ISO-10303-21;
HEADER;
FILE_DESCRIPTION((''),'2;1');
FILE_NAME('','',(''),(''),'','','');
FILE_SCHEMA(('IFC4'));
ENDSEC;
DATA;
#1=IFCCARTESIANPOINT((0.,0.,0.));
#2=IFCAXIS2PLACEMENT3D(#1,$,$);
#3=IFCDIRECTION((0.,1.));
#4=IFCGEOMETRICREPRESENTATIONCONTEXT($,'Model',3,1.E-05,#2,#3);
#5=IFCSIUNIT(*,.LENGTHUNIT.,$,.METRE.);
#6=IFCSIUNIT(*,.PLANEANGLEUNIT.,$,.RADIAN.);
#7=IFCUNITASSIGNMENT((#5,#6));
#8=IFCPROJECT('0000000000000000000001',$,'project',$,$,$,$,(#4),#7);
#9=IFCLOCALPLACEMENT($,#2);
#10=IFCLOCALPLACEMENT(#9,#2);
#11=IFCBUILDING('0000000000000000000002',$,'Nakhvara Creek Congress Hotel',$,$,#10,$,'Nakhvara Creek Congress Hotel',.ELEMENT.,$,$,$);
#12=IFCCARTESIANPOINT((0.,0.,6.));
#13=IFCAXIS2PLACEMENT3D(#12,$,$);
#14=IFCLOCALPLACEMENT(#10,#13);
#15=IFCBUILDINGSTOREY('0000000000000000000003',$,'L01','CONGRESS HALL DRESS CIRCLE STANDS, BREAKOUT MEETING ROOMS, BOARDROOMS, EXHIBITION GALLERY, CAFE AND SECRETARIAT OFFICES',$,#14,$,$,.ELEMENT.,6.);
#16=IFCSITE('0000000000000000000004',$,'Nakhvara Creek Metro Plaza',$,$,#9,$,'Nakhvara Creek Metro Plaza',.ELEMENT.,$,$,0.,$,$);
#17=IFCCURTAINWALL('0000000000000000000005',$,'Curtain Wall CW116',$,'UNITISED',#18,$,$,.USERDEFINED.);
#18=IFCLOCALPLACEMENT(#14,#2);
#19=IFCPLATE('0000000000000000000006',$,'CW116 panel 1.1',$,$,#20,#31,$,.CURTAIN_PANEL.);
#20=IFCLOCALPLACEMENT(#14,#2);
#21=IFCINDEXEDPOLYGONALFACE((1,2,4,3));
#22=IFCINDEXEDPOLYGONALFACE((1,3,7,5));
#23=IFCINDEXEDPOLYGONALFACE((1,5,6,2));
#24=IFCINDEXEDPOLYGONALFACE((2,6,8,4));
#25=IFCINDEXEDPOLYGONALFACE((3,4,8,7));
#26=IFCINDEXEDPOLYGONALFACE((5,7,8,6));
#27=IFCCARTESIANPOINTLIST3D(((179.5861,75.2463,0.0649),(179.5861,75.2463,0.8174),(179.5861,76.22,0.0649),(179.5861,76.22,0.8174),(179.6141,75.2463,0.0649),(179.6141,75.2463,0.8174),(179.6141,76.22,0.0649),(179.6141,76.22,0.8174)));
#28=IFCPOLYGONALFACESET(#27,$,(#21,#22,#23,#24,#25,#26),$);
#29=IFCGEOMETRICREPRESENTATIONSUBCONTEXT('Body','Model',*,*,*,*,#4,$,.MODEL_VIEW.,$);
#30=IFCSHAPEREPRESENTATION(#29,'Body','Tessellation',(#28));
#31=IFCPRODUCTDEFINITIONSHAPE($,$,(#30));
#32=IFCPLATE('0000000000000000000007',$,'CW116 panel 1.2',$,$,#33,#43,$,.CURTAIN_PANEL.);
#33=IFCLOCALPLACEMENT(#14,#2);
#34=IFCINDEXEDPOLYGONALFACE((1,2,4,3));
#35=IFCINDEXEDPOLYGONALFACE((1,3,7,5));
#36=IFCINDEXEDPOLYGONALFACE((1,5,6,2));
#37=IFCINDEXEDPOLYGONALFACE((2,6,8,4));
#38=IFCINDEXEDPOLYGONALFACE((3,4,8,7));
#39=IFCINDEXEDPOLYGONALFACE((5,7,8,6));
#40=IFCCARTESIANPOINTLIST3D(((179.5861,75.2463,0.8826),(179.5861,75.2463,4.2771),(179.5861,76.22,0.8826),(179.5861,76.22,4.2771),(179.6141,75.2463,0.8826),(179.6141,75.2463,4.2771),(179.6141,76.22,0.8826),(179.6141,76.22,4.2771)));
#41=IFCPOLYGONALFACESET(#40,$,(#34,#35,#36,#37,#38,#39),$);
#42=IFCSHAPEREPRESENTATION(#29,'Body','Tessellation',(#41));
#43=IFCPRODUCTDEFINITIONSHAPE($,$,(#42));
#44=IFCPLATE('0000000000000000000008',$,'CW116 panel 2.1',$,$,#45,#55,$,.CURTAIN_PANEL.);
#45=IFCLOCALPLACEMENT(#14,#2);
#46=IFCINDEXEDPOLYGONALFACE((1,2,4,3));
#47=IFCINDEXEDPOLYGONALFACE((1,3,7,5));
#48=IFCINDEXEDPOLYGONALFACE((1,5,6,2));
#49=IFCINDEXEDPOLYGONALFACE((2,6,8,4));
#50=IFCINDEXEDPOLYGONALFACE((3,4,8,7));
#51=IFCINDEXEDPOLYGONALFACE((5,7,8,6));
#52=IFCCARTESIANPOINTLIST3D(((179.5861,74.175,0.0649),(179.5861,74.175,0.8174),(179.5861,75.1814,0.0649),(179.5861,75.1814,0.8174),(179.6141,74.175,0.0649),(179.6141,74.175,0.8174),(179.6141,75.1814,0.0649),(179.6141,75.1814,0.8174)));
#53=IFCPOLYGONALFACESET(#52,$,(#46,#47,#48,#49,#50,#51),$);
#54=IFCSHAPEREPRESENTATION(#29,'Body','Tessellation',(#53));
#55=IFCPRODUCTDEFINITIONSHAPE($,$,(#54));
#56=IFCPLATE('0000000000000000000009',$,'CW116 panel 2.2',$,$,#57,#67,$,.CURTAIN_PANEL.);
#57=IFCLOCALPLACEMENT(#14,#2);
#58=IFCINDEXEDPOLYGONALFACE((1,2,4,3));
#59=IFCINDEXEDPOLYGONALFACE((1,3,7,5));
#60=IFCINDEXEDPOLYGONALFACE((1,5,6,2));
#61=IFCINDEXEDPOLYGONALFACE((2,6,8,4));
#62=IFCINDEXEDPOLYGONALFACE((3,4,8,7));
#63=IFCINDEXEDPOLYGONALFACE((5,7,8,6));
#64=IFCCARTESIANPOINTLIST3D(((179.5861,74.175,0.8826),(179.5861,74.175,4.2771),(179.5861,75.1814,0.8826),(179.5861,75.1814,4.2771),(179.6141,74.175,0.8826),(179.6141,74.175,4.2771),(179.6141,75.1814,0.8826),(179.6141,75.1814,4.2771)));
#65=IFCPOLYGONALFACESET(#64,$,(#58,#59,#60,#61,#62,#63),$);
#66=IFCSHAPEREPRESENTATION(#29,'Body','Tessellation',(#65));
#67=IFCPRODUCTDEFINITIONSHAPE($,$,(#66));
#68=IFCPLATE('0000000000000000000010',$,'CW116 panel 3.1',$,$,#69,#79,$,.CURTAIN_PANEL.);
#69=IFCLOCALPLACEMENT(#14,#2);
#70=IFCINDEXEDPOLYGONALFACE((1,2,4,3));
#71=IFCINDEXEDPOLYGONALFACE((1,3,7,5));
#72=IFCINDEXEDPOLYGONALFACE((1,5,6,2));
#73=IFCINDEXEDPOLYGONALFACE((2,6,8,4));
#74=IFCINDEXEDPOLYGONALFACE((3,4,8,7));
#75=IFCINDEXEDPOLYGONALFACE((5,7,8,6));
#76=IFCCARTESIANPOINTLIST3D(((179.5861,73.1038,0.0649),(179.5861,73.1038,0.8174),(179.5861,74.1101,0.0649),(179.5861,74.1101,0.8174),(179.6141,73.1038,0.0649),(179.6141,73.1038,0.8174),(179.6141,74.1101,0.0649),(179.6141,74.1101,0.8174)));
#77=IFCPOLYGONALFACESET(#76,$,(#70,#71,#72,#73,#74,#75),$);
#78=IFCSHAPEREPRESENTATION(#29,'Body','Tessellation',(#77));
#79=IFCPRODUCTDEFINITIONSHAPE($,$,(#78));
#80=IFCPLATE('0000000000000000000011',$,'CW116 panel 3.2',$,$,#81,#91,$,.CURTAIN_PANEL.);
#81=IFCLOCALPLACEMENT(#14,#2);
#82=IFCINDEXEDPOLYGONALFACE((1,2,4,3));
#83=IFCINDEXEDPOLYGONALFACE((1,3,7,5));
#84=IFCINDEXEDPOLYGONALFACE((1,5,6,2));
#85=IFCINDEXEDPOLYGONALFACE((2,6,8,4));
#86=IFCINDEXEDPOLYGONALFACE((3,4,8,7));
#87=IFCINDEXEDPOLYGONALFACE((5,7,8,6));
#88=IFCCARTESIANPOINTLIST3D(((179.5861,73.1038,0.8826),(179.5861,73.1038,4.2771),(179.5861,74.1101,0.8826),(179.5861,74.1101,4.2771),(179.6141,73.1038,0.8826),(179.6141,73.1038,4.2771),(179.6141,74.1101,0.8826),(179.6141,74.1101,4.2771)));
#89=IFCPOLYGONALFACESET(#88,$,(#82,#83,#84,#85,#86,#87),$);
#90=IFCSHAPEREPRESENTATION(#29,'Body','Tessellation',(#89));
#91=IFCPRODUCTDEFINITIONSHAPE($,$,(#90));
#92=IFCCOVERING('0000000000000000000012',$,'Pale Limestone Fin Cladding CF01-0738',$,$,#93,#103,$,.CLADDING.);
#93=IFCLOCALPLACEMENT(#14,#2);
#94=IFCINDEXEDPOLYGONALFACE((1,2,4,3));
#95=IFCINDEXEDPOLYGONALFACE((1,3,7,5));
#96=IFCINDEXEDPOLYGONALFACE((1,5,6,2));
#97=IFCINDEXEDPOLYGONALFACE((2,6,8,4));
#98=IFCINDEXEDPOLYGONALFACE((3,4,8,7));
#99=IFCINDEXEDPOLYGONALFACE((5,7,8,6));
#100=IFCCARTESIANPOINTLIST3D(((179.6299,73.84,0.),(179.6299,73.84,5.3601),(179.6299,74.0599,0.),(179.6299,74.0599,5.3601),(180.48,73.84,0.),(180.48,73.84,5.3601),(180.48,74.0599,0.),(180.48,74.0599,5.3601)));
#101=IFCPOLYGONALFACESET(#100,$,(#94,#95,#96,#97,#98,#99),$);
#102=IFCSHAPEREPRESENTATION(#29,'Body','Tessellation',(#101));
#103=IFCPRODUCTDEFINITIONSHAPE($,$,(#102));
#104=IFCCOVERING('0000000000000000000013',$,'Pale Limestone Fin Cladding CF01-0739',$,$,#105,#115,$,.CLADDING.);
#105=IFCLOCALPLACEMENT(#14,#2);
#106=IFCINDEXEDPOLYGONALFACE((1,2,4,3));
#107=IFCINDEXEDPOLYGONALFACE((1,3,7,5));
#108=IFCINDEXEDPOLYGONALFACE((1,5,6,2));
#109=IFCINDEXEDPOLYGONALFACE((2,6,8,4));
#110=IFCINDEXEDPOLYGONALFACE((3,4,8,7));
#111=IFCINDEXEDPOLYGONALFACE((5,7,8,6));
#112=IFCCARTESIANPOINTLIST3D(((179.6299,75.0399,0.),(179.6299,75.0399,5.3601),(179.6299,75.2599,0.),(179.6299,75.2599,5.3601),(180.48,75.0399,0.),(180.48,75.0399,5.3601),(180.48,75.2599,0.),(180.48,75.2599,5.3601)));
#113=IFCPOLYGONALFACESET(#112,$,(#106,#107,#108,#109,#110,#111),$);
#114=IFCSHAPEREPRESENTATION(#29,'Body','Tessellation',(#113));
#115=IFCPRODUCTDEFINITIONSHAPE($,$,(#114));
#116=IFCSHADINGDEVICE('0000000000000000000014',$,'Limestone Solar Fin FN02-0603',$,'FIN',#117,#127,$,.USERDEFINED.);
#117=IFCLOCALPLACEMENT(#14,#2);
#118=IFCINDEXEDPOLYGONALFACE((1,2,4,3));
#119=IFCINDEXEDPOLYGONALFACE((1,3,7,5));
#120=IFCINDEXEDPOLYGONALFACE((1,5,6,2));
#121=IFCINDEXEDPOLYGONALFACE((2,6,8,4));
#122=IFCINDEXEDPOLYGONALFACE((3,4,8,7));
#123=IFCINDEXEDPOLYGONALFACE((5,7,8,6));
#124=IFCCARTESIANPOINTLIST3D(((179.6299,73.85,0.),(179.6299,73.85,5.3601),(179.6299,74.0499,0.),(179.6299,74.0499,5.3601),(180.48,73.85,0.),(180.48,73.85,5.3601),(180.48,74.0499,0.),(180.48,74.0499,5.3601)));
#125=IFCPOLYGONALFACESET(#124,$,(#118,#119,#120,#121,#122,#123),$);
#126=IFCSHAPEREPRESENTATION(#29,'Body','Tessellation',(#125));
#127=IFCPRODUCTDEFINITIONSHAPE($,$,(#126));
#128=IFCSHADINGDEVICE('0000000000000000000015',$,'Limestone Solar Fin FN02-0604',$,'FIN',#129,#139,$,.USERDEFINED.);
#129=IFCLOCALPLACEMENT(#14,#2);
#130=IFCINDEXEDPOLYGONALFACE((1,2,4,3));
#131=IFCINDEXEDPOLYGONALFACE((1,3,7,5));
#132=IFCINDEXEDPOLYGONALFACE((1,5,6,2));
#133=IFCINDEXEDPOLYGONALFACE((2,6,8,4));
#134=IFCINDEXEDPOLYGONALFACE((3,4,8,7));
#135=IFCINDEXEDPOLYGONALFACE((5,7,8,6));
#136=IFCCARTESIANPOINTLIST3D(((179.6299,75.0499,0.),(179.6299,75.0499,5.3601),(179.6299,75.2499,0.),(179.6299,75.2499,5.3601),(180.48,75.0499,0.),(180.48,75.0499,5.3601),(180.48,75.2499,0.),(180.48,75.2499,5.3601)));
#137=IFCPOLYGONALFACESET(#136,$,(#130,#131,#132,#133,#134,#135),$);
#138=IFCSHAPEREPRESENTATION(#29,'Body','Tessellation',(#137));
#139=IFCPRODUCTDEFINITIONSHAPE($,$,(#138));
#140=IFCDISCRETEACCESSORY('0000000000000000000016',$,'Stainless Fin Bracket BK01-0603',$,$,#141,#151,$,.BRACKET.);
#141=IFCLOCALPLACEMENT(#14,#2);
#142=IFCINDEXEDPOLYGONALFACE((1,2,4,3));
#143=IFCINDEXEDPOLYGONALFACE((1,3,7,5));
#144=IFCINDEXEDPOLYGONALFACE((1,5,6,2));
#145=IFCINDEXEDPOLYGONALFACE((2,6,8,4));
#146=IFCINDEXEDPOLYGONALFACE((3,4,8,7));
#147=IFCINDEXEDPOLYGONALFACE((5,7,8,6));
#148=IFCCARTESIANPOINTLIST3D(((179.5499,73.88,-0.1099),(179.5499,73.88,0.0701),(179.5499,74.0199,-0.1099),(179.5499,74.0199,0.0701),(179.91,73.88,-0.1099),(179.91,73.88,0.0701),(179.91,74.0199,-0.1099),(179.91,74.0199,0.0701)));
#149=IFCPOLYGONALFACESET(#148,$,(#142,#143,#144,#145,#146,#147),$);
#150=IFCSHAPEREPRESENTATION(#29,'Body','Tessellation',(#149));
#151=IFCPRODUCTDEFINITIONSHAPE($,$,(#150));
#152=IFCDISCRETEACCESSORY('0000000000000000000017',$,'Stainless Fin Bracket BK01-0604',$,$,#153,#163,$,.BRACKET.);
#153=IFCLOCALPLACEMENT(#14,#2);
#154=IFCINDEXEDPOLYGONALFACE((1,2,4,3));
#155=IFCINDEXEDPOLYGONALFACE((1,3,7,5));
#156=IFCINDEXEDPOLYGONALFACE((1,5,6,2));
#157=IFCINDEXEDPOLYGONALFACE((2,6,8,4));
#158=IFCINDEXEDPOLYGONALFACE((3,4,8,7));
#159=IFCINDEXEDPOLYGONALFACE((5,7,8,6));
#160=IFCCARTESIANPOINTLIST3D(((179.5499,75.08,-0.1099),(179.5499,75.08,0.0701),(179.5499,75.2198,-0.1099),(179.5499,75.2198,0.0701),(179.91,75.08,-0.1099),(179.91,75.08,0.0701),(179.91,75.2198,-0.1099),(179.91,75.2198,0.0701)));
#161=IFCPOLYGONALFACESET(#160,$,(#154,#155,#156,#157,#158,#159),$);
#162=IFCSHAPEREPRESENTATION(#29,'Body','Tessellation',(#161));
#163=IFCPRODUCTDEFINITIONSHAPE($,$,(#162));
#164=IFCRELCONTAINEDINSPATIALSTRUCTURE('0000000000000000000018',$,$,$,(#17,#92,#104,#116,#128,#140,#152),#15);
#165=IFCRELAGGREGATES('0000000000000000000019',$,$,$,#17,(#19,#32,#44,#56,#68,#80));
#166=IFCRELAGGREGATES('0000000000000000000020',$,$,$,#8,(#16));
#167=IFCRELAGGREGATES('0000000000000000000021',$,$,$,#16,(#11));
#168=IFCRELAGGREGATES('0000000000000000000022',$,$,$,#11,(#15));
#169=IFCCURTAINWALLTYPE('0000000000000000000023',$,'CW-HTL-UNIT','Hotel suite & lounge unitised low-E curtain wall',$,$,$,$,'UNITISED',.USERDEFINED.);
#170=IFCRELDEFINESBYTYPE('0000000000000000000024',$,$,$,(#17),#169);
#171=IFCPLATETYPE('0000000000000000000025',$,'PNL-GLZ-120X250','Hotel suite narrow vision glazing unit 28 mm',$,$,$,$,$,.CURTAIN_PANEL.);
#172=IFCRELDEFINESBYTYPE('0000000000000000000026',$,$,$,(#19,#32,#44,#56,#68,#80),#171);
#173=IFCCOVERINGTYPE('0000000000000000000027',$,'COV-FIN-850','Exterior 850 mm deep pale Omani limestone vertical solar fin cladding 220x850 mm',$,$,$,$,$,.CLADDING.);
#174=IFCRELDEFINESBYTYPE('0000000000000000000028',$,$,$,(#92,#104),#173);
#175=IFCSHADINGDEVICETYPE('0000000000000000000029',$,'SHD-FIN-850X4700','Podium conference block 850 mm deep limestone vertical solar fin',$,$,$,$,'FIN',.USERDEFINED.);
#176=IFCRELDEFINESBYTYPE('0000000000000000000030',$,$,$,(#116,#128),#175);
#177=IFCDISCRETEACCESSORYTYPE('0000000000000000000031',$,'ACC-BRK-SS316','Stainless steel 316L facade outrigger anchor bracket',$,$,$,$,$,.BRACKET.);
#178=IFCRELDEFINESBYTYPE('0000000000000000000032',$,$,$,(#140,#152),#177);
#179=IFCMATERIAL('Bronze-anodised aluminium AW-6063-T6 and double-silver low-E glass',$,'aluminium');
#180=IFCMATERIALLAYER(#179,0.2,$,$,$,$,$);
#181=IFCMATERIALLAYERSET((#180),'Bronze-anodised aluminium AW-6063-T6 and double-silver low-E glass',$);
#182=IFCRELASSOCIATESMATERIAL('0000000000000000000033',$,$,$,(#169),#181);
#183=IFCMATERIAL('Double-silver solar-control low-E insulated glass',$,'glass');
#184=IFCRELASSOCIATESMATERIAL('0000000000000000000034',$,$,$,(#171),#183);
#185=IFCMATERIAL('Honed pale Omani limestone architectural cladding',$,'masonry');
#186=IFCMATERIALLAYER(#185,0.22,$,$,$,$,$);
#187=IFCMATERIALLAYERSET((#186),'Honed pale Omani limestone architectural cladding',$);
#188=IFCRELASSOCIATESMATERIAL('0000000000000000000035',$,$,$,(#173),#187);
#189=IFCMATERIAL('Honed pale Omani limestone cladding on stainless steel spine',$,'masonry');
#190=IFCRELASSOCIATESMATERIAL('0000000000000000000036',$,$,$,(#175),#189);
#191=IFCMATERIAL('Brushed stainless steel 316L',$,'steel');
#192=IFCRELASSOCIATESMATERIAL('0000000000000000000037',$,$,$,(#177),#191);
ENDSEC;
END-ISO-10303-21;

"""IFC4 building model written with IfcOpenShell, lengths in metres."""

from ifc_helpers import new_model, si_unit, direction, frame, origin, origin_2d, place, context, subcontext, project, spatial, rectangle, extrude, material, layer, layer_set, type_object, element, aggregate, save


model = new_model("IFC4")

# Units and contexts
model_context = context("Model", 3, precision=1e-05, world=origin(), true_north=direction((0.0, 1.0)))
body_context = subcontext(model_context, "Body", "Model", "MODEL_VIEW")
ifc_project = project(units=[si_unit("LENGTHUNIT", "METRE"), si_unit("PLANEANGLEUNIT", "RADIAN")], contexts=[model_context])

# Site, building, storey
site_placement = place(None, origin())
site = spatial("IfcSite", under=ifc_project, at=site_placement, Name="Nakhvara Creek Metro Plaza", LongName="Nakhvara Creek Metro Plaza", CompositionType="ELEMENT", RefElevation=0.0)
building_placement = place(site_placement, origin())
building = spatial("IfcBuilding", under=site, at=building_placement, Name="Nakhvara Creek Congress Hotel", LongName="Nakhvara Creek Congress Hotel", CompositionType="ELEMENT")
storey_placement = place(building_placement, frame((0.0, 0.0, 6.0)))
storey = spatial("IfcBuildingStorey", under=building, at=storey_placement, Name="L01", Description="CONGRESS HALL DRESS CIRCLE STANDS, BREAKOUT MEETING ROOMS, BOARDROOMS, EXHIBITION GALLERY, CAFE AND SECRETARIAT OFFICES", CompositionType="ELEMENT", Elevation=6.0)

# Curtain wall, plates
ifc_material_1 = material(Name="Bronze-anodised aluminium AW-6063-T6 and double-silver low-E glass", Category="aluminium")
ifc_layer_1 = layer(ifc_material_1, 0.2)
ifc_layer_set_1 = layer_set([ifc_layer_1], Name="Bronze-anodised aluminium AW-6063-T6 and double-silver low-E glass")
curtain_wall_type = type_object("IfcCurtainWallType", Name="CW-HTL-UNIT", Description="Hotel suite & lounge unitised low-E curtain wall", ElementType="UNITISED", PredefinedType="USERDEFINED", material=ifc_layer_set_1)
curtain_wall_placement = place(storey_placement, origin())
curtain_wall = element("IfcCurtainWall", 1, at=curtain_wall_placement, inside=storey, type_object=curtain_wall_type, Name="Curtain Wall CW116", ObjectType="UNITISED", PredefinedType="USERDEFINED")
ifc_material_2 = material(Name="Double-silver solar-control low-E insulated glass", Category="glass")
plate_type = type_object("IfcPlateType", Name="PNL-GLZ-120X250", Description="Hotel suite narrow vision glazing unit 28 mm", PredefinedType="CURTAIN_PANEL", material=ifc_material_2)
plate_1_placement = place(storey_placement, frame((179.6001, 75.7332, 0.0649), z_axis=(0.0, 0.0, 1.0), x_axis=(0.0, -1.0, 0.0)))
plate_1 = element("IfcPlate", 2, at=plate_1_placement, type_object=plate_type, Name="CW116 panel 1.1", PredefinedType="CURTAIN_PANEL", context=body_context, shape_type="SweptSolid", body=[
    extrude(rectangle(XDim=0.9736, YDim=0.0281, at=origin_2d()), origin(), (0.0, 0.0, 1.0), 0.7524),
])
plate_2_placement = place(storey_placement, frame((179.6001, 75.7332, 0.8826), z_axis=(0.0, 0.0, 1.0), x_axis=(0.0, -1.0, 0.0)))
plate_2 = element("IfcPlate", 3, at=plate_2_placement, type_object=plate_type, Name="CW116 panel 1.2", PredefinedType="CURTAIN_PANEL", context=body_context, shape_type="SweptSolid", body=[
    extrude(rectangle(XDim=0.9736, YDim=0.0281, at=origin_2d()), origin(), (0.0, 0.0, 1.0), 3.3945),
])
plate_3_placement = place(storey_placement, frame((179.6001, 74.6782, 0.0649), z_axis=(0.0, 0.0, 1.0), x_axis=(0.0, -1.0, 0.0)))
plate_3 = element("IfcPlate", 4, at=plate_3_placement, type_object=plate_type, Name="CW116 panel 2.1", PredefinedType="CURTAIN_PANEL", context=body_context, shape_type="SweptSolid", body=[
    extrude(rectangle(XDim=1.0063, YDim=0.0281, at=origin_2d()), origin(), (0.0, 0.0, 1.0), 0.7524),
])
plate_4_placement = place(storey_placement, frame((179.6001, 74.6782, 0.8826), z_axis=(0.0, 0.0, 1.0), x_axis=(0.0, -1.0, 0.0)))
plate_4 = element("IfcPlate", 5, at=plate_4_placement, type_object=plate_type, Name="CW116 panel 2.2", PredefinedType="CURTAIN_PANEL", context=body_context, shape_type="SweptSolid", body=[
    extrude(rectangle(XDim=1.0063, YDim=0.0281, at=origin_2d()), origin(), (0.0, 0.0, 1.0), 3.3945),
])
plate_5_placement = place(storey_placement, frame((179.6001, 73.6069, 0.0649), z_axis=(0.0, 0.0, 1.0), x_axis=(0.0, -1.0, 0.0)))
plate_5 = element("IfcPlate", 6, at=plate_5_placement, type_object=plate_type, Name="CW116 panel 3.1", PredefinedType="CURTAIN_PANEL", context=body_context, shape_type="SweptSolid", body=[
    extrude(rectangle(XDim=1.0063, YDim=0.0281, at=origin_2d()), origin(), (0.0, 0.0, 1.0), 0.7524),
])
plate_6_placement = place(storey_placement, frame((179.6001, 73.6069, 0.8826), z_axis=(0.0, 0.0, 1.0), x_axis=(0.0, -1.0, 0.0)))
plate_6 = element("IfcPlate", 7, at=plate_6_placement, type_object=plate_type, Name="CW116 panel 3.2", PredefinedType="CURTAIN_PANEL", context=body_context, shape_type="SweptSolid", body=[
    extrude(rectangle(XDim=1.0063, YDim=0.0281, at=origin_2d()), origin(), (0.0, 0.0, 1.0), 3.3945),
])
aggregate(curtain_wall, [plate_1, plate_2, plate_3, plate_4, plate_5, plate_6])

# Coverings
ifc_material_3 = material(Name="Honed pale Omani limestone architectural cladding", Category="masonry")
ifc_layer_2 = layer(ifc_material_3, 0.22)
ifc_layer_set_2 = layer_set([ifc_layer_2], Name="Honed pale Omani limestone architectural cladding")
covering_type = type_object("IfcCoveringType", Name="COV-FIN-850", Description="Exterior 850 mm deep pale Omani limestone vertical solar fin cladding 220x850 mm", PredefinedType="CLADDING", material=ifc_layer_set_2)
for number, where, z_axis, x_axis, name in (
    (8, (180.0549, 73.95, 0.0), (0.0, 0.0, 1.0), (0.0, 1.0, 0.0), "Pale Limestone Fin Cladding CF01-0738"),
    (9, (180.0549, 75.1499, 0.0), (0.0, 0.0, 1.0), (0.0, 1.0, 0.0), "Pale Limestone Fin Cladding CF01-0739"),
):
    element("IfcCovering", number, at=place(storey_placement, frame(where, z_axis=z_axis, x_axis=x_axis)), inside=storey, type_object=covering_type, Name=name, PredefinedType="CLADDING", context=body_context, shape_type="SweptSolid", body=[
        extrude(rectangle(XDim=0.22, YDim=0.8501, at=origin_2d()), origin(), (0.0, 0.0, 1.0), 5.3601),
    ])

# Shading devices
ifc_material_4 = material(Name="Honed pale Omani limestone cladding on stainless steel spine", Category="masonry")
shading_device_type = type_object("IfcShadingDeviceType", Name="SHD-FIN-850X4700", Description="Podium conference block 850 mm deep limestone vertical solar fin", ElementType="FIN", PredefinedType="USERDEFINED", material=ifc_material_4)
for number, where, z_axis, x_axis, name in (
    (10, (180.0549, 73.95, 0.0), (0.0, 0.0, 1.0), (0.0, 1.0, 0.0), "Limestone Solar Fin FN02-0603"),
    (11, (180.0549, 75.1499, 0.0), (0.0, 0.0, 1.0), (0.0, 1.0, 0.0), "Limestone Solar Fin FN02-0604"),
):
    element("IfcShadingDevice", number, at=place(storey_placement, frame(where, z_axis=z_axis, x_axis=x_axis)), inside=storey, type_object=shading_device_type, Name=name, ObjectType="FIN", PredefinedType="USERDEFINED", context=body_context, shape_type="SweptSolid", body=[
        extrude(rectangle(XDim=0.2, YDim=0.8501, at=origin_2d()), origin(), (0.0, 0.0, 1.0), 5.3601),
    ])

# Discrete accessories
ifc_material_5 = material(Name="Brushed stainless steel 316L", Category="steel")
discrete_accessory_type = type_object("IfcDiscreteAccessoryType", Name="ACC-BRK-SS316", Description="Stainless steel 316L facade outrigger anchor bracket", PredefinedType="BRACKET", material=ifc_material_5)
for number, where, z_axis, x_axis, name in (
    (12, (179.73, 73.95, -0.1099), (0.0, 0.0, 1.0), (0.0, 1.0, 0.0), "Stainless Fin Bracket BK01-0603"),
    (13, (179.73, 75.1499, -0.1099), (0.0, 0.0, 1.0), (0.0, 1.0, 0.0), "Stainless Fin Bracket BK01-0604"),
):
    element("IfcDiscreteAccessory", number, at=place(storey_placement, frame(where, z_axis=z_axis, x_axis=x_axis)), inside=storey, type_object=discrete_accessory_type, Name=name, PredefinedType="BRACKET", context=body_context, shape_type="SweptSolid", body=[
        extrude(rectangle(XDim=0.1399, YDim=0.3601, at=origin_2d()), origin(), (0.0, 0.0, 1.0), 0.1799),
    ])

save(model, "model.ifc")
